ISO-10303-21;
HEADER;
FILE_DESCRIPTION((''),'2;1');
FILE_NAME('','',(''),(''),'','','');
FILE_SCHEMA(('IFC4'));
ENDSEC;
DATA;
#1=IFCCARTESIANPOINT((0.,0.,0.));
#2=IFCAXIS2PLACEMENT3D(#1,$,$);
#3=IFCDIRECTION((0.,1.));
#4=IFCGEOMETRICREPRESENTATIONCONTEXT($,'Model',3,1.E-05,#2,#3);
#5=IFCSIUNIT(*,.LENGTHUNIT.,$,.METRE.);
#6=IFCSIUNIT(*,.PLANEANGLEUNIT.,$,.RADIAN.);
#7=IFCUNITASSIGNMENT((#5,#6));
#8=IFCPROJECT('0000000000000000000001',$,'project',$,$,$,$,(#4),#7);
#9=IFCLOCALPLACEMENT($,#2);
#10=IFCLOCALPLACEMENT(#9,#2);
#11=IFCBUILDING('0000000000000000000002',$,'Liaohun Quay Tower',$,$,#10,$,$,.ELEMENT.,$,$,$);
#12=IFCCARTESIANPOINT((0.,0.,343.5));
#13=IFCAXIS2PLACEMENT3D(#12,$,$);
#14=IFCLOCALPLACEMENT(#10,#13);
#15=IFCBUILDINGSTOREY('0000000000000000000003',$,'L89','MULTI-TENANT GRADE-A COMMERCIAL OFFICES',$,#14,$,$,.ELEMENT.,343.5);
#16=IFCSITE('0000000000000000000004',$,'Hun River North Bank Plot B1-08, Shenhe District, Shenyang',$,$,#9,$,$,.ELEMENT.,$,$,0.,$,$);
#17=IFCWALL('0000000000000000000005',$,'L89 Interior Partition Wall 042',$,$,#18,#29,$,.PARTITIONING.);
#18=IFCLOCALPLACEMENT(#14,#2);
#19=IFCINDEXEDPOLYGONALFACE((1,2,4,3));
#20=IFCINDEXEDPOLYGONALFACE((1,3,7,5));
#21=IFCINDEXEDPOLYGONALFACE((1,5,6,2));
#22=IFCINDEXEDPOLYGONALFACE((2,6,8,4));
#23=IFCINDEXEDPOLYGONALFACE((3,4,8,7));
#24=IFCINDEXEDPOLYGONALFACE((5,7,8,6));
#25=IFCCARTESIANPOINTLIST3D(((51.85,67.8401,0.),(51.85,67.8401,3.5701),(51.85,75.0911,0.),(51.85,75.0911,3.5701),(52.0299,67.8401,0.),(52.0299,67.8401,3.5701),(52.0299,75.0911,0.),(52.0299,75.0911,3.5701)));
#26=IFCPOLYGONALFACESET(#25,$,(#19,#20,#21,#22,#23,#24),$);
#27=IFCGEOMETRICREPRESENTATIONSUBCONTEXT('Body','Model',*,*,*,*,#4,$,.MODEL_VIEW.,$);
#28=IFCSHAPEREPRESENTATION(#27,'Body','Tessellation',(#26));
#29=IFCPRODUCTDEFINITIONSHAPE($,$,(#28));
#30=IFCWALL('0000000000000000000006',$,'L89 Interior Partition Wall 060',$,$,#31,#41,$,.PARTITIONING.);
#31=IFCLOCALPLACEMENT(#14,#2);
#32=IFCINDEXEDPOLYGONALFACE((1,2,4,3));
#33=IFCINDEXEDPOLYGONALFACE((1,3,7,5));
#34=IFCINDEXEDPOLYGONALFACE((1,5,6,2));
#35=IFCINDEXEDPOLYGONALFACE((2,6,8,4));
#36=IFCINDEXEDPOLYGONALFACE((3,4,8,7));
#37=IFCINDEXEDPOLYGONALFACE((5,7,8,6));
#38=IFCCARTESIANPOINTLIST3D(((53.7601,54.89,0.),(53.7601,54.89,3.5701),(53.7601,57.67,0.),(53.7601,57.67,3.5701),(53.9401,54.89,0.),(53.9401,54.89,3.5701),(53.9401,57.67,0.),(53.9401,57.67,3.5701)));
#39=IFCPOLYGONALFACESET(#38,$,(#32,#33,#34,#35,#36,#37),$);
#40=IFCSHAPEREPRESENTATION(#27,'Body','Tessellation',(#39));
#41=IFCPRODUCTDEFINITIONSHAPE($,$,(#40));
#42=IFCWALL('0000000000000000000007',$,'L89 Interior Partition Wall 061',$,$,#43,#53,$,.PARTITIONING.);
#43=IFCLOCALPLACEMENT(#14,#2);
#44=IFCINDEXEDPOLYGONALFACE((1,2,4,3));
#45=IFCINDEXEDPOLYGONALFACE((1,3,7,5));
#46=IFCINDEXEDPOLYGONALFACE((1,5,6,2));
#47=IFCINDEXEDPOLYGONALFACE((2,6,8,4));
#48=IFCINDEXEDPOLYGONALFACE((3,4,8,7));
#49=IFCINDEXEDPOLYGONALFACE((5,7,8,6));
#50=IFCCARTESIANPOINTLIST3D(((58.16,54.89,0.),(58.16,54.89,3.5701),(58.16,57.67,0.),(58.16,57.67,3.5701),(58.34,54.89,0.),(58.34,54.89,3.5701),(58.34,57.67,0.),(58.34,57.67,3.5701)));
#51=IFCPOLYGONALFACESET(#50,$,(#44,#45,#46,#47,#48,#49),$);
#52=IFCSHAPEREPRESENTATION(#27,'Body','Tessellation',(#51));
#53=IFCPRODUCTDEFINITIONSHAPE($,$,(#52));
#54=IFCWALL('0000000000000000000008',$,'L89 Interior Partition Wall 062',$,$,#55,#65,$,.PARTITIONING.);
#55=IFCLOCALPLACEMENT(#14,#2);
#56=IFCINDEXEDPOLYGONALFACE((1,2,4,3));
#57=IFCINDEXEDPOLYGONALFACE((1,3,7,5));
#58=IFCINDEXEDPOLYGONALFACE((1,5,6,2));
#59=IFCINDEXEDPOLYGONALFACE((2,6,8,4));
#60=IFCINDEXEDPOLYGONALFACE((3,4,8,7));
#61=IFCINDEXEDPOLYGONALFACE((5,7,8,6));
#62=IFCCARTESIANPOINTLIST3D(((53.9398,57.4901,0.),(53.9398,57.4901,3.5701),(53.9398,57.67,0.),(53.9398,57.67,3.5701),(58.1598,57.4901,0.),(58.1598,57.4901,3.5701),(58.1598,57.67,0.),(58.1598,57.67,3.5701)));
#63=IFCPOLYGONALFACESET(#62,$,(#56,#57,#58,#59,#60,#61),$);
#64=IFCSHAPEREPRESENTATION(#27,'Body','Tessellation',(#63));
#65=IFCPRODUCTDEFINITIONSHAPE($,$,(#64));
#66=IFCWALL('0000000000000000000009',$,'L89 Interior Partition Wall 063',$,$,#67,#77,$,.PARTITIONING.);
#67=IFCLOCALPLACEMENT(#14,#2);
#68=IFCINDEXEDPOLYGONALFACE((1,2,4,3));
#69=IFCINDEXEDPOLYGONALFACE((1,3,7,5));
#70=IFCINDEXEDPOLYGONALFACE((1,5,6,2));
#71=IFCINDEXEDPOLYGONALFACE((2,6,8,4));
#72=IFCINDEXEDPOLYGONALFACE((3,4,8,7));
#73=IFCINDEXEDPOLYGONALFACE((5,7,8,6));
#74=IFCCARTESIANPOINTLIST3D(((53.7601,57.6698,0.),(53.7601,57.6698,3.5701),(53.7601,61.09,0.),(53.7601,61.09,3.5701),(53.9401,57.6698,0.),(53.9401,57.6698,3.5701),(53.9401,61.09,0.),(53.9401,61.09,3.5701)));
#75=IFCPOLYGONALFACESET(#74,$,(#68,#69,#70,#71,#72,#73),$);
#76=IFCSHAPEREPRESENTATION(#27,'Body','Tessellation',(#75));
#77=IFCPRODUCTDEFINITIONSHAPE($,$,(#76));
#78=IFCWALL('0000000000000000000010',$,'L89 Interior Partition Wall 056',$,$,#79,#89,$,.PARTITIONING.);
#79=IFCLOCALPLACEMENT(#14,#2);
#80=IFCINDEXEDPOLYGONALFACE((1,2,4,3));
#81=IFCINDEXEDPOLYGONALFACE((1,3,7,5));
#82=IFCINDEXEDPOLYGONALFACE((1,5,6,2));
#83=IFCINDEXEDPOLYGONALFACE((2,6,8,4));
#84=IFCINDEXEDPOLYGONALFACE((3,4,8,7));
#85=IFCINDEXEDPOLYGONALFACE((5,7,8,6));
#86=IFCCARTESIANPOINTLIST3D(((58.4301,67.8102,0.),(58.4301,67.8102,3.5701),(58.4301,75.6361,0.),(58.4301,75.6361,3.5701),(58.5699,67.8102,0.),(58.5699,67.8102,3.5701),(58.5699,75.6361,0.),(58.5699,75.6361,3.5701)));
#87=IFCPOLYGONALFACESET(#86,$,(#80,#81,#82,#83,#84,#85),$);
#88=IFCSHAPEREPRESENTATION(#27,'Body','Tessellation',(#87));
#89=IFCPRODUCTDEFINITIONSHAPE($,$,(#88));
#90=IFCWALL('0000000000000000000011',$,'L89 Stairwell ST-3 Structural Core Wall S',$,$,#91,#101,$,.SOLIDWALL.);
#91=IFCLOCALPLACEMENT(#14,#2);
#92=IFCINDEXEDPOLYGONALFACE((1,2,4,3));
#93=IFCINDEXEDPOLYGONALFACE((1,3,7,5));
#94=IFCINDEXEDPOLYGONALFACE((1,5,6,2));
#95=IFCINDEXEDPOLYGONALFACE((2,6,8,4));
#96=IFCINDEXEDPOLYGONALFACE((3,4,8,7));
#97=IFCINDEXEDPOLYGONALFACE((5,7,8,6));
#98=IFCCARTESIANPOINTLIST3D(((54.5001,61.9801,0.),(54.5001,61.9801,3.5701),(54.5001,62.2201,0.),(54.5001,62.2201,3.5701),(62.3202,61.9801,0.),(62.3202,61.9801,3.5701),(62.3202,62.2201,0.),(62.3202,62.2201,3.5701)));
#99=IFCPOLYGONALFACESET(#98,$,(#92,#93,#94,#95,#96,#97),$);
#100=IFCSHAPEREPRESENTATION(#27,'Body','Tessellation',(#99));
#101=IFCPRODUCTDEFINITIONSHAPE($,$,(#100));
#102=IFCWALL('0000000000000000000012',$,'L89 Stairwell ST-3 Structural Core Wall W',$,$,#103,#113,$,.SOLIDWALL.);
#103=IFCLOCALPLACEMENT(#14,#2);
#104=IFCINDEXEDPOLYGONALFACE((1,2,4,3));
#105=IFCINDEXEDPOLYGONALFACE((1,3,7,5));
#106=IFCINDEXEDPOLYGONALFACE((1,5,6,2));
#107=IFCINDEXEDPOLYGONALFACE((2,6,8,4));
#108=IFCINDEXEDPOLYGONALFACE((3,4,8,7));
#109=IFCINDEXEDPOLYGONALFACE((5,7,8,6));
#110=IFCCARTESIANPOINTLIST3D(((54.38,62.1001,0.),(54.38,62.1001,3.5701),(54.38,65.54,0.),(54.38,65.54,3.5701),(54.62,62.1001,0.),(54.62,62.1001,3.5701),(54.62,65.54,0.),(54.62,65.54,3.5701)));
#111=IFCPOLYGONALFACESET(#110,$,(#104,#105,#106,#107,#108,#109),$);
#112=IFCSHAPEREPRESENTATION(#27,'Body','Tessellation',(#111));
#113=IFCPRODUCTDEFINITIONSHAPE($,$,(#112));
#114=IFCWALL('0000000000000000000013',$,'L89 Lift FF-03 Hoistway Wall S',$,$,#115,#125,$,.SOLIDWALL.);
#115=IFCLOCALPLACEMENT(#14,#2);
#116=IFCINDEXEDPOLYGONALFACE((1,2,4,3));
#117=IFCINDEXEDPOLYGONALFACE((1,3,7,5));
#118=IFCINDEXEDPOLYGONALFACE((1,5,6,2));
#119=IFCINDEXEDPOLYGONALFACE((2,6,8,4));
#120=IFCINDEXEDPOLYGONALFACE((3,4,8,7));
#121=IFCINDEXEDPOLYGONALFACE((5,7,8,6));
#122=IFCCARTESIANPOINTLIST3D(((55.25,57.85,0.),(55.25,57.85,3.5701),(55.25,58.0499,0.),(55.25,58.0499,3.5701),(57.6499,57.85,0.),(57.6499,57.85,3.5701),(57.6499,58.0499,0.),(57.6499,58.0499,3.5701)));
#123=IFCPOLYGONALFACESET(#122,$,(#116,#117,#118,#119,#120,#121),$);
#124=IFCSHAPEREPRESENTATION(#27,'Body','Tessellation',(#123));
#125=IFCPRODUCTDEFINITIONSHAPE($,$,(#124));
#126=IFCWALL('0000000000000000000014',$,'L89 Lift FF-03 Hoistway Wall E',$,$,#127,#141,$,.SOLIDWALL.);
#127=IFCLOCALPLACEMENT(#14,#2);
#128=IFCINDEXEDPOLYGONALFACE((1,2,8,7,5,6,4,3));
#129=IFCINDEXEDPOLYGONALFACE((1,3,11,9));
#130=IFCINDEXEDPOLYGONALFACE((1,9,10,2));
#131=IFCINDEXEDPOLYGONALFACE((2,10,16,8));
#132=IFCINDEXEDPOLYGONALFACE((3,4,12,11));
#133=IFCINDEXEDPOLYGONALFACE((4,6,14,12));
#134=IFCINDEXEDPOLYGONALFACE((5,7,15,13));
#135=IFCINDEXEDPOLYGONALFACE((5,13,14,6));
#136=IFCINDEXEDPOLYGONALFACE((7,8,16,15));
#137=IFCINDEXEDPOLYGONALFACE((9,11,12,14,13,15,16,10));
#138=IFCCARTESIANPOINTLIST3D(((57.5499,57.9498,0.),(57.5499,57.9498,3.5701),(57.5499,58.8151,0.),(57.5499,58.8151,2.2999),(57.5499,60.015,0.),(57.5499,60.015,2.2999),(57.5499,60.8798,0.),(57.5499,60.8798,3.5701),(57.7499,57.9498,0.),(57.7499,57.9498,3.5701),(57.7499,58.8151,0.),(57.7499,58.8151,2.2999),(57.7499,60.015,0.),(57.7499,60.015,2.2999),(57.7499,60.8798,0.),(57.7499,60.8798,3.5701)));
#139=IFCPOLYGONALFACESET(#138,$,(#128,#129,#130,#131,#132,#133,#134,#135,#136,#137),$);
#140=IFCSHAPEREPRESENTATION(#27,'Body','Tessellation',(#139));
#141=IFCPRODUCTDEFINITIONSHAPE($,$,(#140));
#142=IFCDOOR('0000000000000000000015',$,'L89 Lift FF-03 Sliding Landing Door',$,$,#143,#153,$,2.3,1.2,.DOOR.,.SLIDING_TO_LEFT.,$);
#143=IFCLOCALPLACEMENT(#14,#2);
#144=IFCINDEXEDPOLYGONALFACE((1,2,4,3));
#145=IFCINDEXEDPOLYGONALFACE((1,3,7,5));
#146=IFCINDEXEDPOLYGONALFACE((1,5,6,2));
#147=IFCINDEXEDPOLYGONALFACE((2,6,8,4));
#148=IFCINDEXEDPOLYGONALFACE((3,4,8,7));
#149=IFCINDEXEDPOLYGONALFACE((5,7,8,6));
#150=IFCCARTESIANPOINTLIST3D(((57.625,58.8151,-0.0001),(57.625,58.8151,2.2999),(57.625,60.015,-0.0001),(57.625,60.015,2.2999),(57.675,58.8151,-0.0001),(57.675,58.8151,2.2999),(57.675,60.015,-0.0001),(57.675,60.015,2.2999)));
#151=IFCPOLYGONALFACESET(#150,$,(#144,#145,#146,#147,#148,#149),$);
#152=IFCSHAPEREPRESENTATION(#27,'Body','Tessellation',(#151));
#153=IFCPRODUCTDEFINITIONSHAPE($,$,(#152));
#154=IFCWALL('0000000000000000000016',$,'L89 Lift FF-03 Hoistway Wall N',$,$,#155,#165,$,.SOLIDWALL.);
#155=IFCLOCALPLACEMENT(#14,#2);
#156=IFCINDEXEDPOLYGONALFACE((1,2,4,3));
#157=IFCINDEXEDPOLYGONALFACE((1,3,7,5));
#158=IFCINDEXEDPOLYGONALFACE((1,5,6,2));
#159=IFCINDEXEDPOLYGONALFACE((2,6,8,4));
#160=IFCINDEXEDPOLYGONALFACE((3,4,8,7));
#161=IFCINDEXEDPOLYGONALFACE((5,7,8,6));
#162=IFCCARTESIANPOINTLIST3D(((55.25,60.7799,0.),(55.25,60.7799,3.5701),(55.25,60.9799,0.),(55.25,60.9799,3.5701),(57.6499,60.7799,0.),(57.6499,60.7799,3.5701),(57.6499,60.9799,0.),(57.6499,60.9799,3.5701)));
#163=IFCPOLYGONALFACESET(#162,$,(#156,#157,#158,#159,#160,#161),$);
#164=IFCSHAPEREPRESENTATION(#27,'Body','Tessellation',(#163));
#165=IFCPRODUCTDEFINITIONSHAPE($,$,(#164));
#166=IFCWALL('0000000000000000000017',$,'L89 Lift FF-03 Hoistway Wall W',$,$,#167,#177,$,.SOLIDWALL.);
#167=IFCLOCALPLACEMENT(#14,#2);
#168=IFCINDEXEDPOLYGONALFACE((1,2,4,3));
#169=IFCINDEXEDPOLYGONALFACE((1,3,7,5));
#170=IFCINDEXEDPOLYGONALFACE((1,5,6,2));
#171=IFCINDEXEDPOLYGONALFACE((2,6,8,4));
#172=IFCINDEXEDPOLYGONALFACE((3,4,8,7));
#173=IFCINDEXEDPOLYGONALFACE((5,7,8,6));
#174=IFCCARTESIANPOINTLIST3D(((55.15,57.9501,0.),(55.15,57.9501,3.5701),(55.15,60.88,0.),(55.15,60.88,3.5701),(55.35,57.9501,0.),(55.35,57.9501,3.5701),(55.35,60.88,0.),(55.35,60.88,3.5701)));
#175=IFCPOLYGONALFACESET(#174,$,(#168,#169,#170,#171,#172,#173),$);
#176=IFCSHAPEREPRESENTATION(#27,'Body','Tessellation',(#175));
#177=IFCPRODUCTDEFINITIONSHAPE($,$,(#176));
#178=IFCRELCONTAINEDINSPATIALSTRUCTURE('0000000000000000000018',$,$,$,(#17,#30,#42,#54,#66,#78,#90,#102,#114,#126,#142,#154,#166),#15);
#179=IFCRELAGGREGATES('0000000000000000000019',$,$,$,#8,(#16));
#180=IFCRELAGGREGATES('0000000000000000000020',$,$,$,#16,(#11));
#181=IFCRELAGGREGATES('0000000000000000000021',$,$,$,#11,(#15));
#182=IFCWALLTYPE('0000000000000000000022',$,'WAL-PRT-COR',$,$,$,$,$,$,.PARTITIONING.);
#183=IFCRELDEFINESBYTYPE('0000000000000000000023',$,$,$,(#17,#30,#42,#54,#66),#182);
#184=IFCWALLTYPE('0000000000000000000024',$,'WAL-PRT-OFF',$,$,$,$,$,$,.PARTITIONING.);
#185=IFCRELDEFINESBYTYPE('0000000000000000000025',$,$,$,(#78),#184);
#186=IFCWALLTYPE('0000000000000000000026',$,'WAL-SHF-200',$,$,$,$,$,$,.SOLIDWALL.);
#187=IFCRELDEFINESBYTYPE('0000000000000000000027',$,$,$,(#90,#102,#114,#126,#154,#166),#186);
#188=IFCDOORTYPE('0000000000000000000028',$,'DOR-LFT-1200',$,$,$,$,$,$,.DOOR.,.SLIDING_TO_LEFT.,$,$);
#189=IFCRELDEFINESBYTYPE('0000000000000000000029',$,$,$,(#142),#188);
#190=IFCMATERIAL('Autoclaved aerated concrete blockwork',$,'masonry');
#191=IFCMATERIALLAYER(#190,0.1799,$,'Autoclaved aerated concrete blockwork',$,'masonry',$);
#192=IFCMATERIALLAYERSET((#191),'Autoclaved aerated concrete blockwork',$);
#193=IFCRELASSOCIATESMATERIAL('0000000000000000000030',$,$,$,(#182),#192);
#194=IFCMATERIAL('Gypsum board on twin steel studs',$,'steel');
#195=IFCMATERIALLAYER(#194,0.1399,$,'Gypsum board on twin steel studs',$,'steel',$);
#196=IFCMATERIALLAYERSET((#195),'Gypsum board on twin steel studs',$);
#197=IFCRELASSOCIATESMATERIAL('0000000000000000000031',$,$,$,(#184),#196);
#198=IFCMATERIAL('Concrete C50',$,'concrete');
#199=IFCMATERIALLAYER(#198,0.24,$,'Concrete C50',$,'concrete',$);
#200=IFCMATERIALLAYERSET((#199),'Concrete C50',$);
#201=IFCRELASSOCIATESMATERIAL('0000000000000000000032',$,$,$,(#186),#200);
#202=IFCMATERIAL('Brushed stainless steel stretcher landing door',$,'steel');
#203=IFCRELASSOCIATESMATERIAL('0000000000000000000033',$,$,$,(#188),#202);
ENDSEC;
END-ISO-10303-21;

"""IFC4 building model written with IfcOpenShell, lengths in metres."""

from ifc_helpers import new_model, si_unit, direction, frame, frame_2d, origin, place, context, subcontext, project, spatial, rectangle, extrude, source, transform, mapped, material, layer, layer_set, type_object, element, fill, save


model = new_model("IFC4")

# Units and contexts
model_context = context("Model", 3, precision=1e-05, world=origin(), true_north=direction((0.0, 1.0)))
body_context = subcontext(model_context, "Body", "Model", "MODEL_VIEW")
ifc_project = project(units=[si_unit("LENGTHUNIT", "METRE"), si_unit("PLANEANGLEUNIT", "RADIAN")], contexts=[model_context])

# Site, building, storey
site_placement = place(None, origin())
site = spatial("IfcSite", under=ifc_project, at=site_placement, Name="Hun River North Bank Plot B1-08, Shenhe District, Shenyang", CompositionType="ELEMENT", RefElevation=0.0)
building_placement = place(site_placement, origin())
building = spatial("IfcBuilding", under=site, at=building_placement, Name="Liaohun Quay Tower", CompositionType="ELEMENT")
storey_placement = place(building_placement, frame((0.0, 0.0, 343.5)))
storey = spatial("IfcBuildingStorey", under=building, at=storey_placement, Name="L89", Description="MULTI-TENANT GRADE-A COMMERCIAL OFFICES", CompositionType="ELEMENT", Elevation=343.5)

# Shared definitions
ifc_material_1 = material(Name="Autoclaved aerated concrete blockwork", Category="masonry")
ifc_layer_1 = layer(ifc_material_1, 0.1799, Name="Autoclaved aerated concrete blockwork", Category="masonry")
ifc_layer_set_1 = layer_set([ifc_layer_1], Name="Autoclaved aerated concrete blockwork")
wall_type_1 = type_object("IfcWallType", Name="WAL-PRT-COR", PredefinedType="PARTITIONING", material=ifc_layer_set_1)

# Walls
wall_1_placement = place(storey_placement, frame((51.9399, 67.8401, 0.0), z_axis=(0.0, 0.0, 1.0), x_axis=(0.0, 1.0, 0.0)))
element("IfcWall", 1, at=wall_1_placement, inside=storey, type_object=wall_type_1, Name="L89 Interior Partition Wall 042", PredefinedType="PARTITIONING", context=body_context, shape_type="SweptSolid", body=[
    extrude(rectangle(XDim=7.251, YDim=0.1799, at=frame_2d((3.6255, 0.0))), origin(), (0.0, 0.0, 1.0), 3.5701),
])
for number, where, z_axis, x_axis, name in (
    (2, (53.8501, 54.8899, 0.0), (0.0, 0.0, 1.0), (0.0, 1.0, 0.0), "L89 Interior Partition Wall 060"),
    (3, (58.25, 54.8899, 0.0), (0.0, 0.0, 1.0), (0.0, 1.0, 0.0), "L89 Interior Partition Wall 061"),
):
    element("IfcWall", number, at=place(storey_placement, frame(where, z_axis=z_axis, x_axis=x_axis)), inside=storey, type_object=wall_type_1, Name=name, PredefinedType="PARTITIONING", context=body_context, shape_type="SweptSolid", body=[
        extrude(rectangle(XDim=2.78, YDim=0.1799, at=frame_2d((1.3901, 0.0))), origin(), (0.0, 0.0, 1.0), 3.5701),
    ])
wall_2_placement = place(storey_placement, frame((53.9399, 57.5801, 0.0), z_axis=(0.0, 0.0, 1.0), x_axis=(1.0, 0.0, 0.0)))
element("IfcWall", 4, at=wall_2_placement, inside=storey, type_object=wall_type_1, Name="L89 Interior Partition Wall 062", PredefinedType="PARTITIONING", context=body_context, shape_type="SweptSolid", body=[
    extrude(rectangle(XDim=4.22, YDim=0.1799, at=frame_2d((2.1099, 0.0))), origin(), (0.0, 0.0, 1.0), 3.5701),
])
wall_3_placement = place(storey_placement, frame((53.8501, 57.6699, 0.0), z_axis=(0.0, 0.0, 1.0), x_axis=(0.0, 1.0, 0.0)))
element("IfcWall", 5, at=wall_3_placement, inside=storey, type_object=wall_type_1, Name="L89 Interior Partition Wall 063", PredefinedType="PARTITIONING", context=body_context, shape_type="SweptSolid", body=[
    extrude(rectangle(XDim=3.4202, YDim=0.1799, at=frame_2d((1.71, 0.0))), origin(), (0.0, 0.0, 1.0), 3.5701),
])
ifc_material_2 = material(Name="Gypsum board on twin steel studs", Category="steel")
ifc_layer_2 = layer(ifc_material_2, 0.1399, Name="Gypsum board on twin steel studs", Category="steel")
ifc_layer_set_2 = layer_set([ifc_layer_2], Name="Gypsum board on twin steel studs")
wall_type_2 = type_object("IfcWallType", Name="WAL-PRT-OFF", PredefinedType="PARTITIONING", material=ifc_layer_set_2)
wall_4_placement = place(storey_placement, frame((58.5, 67.8101, 0.0), z_axis=(0.0, 0.0, 1.0), x_axis=(0.0, 1.0, 0.0)))
element("IfcWall", 6, at=wall_4_placement, inside=storey, type_object=wall_type_2, Name="L89 Interior Partition Wall 056", PredefinedType="PARTITIONING", context=body_context, shape_type="SweptSolid", body=[
    extrude(rectangle(XDim=7.8259, YDim=0.1399, at=frame_2d((3.9131, 0.0))), origin(), (0.0, 0.0, 1.0), 3.5701),
])
ifc_material_3 = material(Name="Concrete C50", Category="concrete")
ifc_layer_3 = layer(ifc_material_3, 0.24, Name="Concrete C50", Category="concrete")
ifc_layer_set_3 = layer_set([ifc_layer_3], Name="Concrete C50")
wall_type_3 = type_object("IfcWallType", Name="WAL-SHF-200", PredefinedType="SOLIDWALL", material=ifc_layer_set_3)
wall_5_placement = place(storey_placement, frame((54.5, 62.1001, 0.0), z_axis=(0.0, 0.0, 1.0), x_axis=(1.0, 0.0, 0.0)))
element("IfcWall", 7, at=wall_5_placement, inside=storey, type_object=wall_type_3, Name="L89 Stairwell ST-3 Structural Core Wall S", PredefinedType="SOLIDWALL", context=body_context, shape_type="SweptSolid", body=[
    extrude(rectangle(XDim=7.8201, YDim=0.24, at=frame_2d((3.9102, 0.0))), origin(), (0.0, 0.0, 1.0), 3.5701),
])
wall_6_placement = place(storey_placement, frame((54.5, 65.54, 0.0), z_axis=(0.0, 0.0, 1.0), x_axis=(0.0, -1.0, 0.0)))
element("IfcWall", 8, at=wall_6_placement, inside=storey, type_object=wall_type_3, Name="L89 Stairwell ST-3 Structural Core Wall W", PredefinedType="SOLIDWALL", context=body_context, shape_type="SweptSolid", body=[
    extrude(rectangle(XDim=3.4399, YDim=0.24, at=frame_2d((1.72, 0.0))), origin(), (0.0, 0.0, 1.0), 3.5701),
])
wall_7_placement = place(storey_placement, frame((55.25, 57.95, 0.0), z_axis=(0.0, 0.0, 1.0), x_axis=(1.0, 0.0, 0.0)))
element("IfcWall", 9, at=wall_7_placement, inside=storey, type_object=wall_type_3, Name="L89 Lift FF-03 Hoistway Wall S", PredefinedType="SOLIDWALL", context=body_context, shape_type="SweptSolid", body=[
    extrude(rectangle(XDim=2.3999, YDim=0.2, at=frame_2d((1.2, 0.0))), origin(), (0.0, 0.0, 1.0), 3.5701),
])

# Wall, opening, door
wall_8_placement = place(storey_placement, frame((57.6499, 57.95, 0.0), z_axis=(0.0, 0.0, 1.0), x_axis=(0.0, 1.0, 0.0)))
wall_8 = element("IfcWall", 10, at=wall_8_placement, inside=storey, type_object=wall_type_3, Name="L89 Lift FF-03 Hoistway Wall E", PredefinedType="SOLIDWALL", context=body_context, shape_type="SweptSolid", body=[
    extrude(rectangle(XDim=2.9299, YDim=0.2, at=frame_2d((1.4648, 0.0))), origin(), (0.0, 0.0, 1.0), 3.5701),
])
shared_shape_1 = source(origin(), body_context, "Body", "SweptSolid", [
    extrude(rectangle(XDim=1.2, YDim=2.3, at=frame_2d((0.6001, 1.1499))), frame((0.0, 0.1099, 0.0), z_axis=(0.0, -1.0, 0.0), x_axis=(1.0, 0.0, 0.0)), (0.0, 0.0, 1.0), 0.22),
])
opening_1_placement = place(wall_8_placement, frame((0.865, 0.0, 0.0)))
opening_1 = element("IfcOpeningElement", 11, at=opening_1_placement, cuts=wall_8, PredefinedType="OPENING", context=body_context, shape_type="MappedRepresentation", body=[
    mapped(shared_shape_1, transform((0.0, 0.0, 0.0), x_axis=(1.0, 0.0, 0.0), y_axis=(0.0, 1.0, 0.0), z_axis=(0.0, 0.0, 1.0), scale=1.0)),
])
ifc_material_4 = material(Name="Brushed stainless steel stretcher landing door", Category="steel")
door_type_1 = type_object("IfcDoorType", Name="DOR-LFT-1200", OperationType="SLIDING_TO_LEFT", PredefinedType="DOOR", material=ifc_material_4)
shared_shape_2 = source(origin(), body_context, "Body", "SweptSolid", [
    extrude(rectangle(XDim=1.2, YDim=2.3, at=frame_2d((0.6001, 1.1499))), frame((0.0, 0.0249, 0.0), z_axis=(0.0, -1.0, 0.0), x_axis=(1.0, 0.0, 0.0)), (0.0, 0.0, 1.0), 0.05),
])
door_1_placement = place(opening_1_placement, origin())
door_1 = element("IfcDoor", 12, at=door_1_placement, inside=storey, type_object=door_type_1, Name="L89 Lift FF-03 Sliding Landing Door", OperationType="SLIDING_TO_LEFT", OverallHeight=2.3, OverallWidth=1.2, PredefinedType="DOOR", context=body_context, shape_type="MappedRepresentation", body=[
    mapped(shared_shape_2, transform((0.0, 0.0, 0.0), x_axis=(1.0, 0.0, 0.0), y_axis=(0.0, 1.0, 0.0), z_axis=(0.0, 0.0, 1.0), scale=1.0)),
])
fill(opening_1, door_1)

# Walls
wall_9_placement = place(storey_placement, frame((57.6499, 60.8799, 0.0), z_axis=(0.0, 0.0, 1.0), x_axis=(-1.0, 0.0, 0.0)))
element("IfcWall", 13, at=wall_9_placement, inside=storey, type_object=wall_type_3, Name="L89 Lift FF-03 Hoistway Wall N", PredefinedType="SOLIDWALL", context=body_context, shape_type="SweptSolid", body=[
    extrude(rectangle(XDim=2.3999, YDim=0.2, at=frame_2d((1.2, 0.0))), origin(), (0.0, 0.0, 1.0), 3.5701),
])
wall_10_placement = place(storey_placement, frame((55.25, 60.8799, 0.0), z_axis=(0.0, 0.0, 1.0), x_axis=(0.0, -1.0, 0.0)))
element("IfcWall", 14, at=wall_10_placement, inside=storey, type_object=wall_type_3, Name="L89 Lift FF-03 Hoistway Wall W", PredefinedType="SOLIDWALL", context=body_context, shape_type="SweptSolid", body=[
    extrude(rectangle(XDim=2.9299, YDim=0.2, at=frame_2d((1.4648, 0.0))), origin(), (0.0, 0.0, 1.0), 3.5701),
])

save(model, "model.ifc")
